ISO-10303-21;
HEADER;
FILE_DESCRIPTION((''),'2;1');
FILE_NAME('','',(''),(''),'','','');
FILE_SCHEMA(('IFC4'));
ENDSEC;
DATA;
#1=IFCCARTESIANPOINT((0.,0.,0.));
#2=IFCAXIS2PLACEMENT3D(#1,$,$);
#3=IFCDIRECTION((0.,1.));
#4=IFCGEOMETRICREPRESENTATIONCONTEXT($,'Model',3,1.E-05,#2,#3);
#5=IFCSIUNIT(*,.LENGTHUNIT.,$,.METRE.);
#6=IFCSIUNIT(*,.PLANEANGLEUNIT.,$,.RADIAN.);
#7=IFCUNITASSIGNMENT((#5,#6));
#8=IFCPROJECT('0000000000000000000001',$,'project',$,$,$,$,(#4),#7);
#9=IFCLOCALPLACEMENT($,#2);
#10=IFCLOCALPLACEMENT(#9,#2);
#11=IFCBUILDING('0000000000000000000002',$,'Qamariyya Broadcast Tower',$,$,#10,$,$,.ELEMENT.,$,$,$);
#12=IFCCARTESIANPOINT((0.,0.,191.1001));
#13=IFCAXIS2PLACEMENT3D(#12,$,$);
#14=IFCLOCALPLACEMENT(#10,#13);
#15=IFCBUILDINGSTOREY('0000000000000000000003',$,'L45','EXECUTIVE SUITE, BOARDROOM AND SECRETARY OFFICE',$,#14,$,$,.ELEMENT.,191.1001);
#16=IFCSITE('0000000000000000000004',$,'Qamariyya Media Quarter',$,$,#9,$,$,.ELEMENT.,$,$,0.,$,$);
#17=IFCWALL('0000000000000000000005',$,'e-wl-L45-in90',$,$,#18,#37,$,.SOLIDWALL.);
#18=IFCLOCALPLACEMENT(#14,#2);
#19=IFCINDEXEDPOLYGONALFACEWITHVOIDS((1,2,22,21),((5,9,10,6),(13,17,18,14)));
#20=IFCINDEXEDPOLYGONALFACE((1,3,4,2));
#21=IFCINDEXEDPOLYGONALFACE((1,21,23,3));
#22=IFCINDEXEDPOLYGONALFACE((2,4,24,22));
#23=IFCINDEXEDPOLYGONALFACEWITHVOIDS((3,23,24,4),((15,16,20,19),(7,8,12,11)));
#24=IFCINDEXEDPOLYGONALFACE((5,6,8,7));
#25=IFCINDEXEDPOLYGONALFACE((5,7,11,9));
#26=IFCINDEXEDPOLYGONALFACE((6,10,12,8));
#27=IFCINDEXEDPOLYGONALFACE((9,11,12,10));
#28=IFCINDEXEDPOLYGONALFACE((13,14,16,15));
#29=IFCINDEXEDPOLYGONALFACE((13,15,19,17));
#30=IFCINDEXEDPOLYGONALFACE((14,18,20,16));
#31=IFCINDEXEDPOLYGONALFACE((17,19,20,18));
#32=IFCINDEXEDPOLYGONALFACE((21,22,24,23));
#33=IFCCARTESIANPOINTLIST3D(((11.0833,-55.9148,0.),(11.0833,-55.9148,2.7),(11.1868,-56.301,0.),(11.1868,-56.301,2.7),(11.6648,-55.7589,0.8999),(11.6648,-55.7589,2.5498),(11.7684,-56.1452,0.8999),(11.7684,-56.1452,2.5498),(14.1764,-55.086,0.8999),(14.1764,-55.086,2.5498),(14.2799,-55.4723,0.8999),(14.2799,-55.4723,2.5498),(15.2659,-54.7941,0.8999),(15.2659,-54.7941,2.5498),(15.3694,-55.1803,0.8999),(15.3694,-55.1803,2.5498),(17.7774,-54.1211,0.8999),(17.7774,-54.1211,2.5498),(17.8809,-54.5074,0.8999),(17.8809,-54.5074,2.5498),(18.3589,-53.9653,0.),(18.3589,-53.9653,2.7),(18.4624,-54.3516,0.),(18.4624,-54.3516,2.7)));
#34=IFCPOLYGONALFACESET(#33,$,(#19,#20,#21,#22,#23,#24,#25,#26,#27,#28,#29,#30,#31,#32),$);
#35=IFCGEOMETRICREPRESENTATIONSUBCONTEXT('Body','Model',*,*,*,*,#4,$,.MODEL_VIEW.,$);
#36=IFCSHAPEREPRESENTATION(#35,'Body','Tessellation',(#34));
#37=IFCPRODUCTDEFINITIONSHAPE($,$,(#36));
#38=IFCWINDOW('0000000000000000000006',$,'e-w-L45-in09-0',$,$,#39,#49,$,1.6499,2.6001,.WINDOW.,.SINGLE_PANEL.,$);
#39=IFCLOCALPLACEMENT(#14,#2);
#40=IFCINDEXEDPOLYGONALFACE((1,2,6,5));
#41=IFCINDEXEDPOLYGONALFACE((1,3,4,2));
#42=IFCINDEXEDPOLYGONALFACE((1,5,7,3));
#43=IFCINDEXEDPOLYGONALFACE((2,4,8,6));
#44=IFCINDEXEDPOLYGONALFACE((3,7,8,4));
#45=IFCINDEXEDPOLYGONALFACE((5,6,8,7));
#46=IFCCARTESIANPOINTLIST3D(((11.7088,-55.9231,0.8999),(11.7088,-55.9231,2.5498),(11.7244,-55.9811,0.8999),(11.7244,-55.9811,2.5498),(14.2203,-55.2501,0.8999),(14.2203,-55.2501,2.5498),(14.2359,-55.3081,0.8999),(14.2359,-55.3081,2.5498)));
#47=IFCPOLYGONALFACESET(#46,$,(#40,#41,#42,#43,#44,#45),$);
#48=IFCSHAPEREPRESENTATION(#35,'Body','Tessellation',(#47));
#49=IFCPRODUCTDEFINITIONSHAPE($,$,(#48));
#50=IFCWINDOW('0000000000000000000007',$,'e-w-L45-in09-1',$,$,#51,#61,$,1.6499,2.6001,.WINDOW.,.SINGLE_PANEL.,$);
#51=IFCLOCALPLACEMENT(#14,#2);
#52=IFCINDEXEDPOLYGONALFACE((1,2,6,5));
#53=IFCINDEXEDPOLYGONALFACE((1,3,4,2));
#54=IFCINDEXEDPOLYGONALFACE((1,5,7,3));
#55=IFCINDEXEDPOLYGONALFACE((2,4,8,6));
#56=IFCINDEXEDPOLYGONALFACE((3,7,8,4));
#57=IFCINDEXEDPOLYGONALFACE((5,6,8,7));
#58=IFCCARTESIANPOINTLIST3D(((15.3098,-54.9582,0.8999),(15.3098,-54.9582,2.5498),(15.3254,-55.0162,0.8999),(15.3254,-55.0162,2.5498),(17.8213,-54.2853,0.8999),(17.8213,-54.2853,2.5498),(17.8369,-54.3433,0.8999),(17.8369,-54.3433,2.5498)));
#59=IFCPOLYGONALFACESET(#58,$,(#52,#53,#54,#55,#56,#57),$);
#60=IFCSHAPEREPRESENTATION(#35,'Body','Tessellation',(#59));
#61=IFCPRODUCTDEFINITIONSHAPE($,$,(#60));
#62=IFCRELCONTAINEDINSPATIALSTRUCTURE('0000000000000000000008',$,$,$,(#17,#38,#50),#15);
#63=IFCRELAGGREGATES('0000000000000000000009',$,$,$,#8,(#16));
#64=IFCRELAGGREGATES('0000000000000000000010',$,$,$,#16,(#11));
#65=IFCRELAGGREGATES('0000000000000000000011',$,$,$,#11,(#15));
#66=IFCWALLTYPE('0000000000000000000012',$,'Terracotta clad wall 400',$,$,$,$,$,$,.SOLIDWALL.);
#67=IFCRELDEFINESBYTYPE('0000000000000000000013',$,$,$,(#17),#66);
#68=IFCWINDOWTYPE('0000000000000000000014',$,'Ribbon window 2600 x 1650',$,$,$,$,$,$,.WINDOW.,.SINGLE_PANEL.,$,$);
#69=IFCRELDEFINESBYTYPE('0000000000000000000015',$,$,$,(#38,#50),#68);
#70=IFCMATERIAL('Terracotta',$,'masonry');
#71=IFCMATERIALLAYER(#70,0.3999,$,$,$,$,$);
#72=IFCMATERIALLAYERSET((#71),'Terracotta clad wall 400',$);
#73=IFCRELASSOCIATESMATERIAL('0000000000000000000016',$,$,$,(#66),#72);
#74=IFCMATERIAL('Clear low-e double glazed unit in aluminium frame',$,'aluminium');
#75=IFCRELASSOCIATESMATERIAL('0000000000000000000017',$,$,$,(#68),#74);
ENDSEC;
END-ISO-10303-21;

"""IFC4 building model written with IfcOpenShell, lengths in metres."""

from ifc_helpers import new_model, si_unit, direction, frame, frame_2d, origin, place, context, subcontext, project, spatial, rectangle, extrude, material, layer, layer_set, type_object, element, fill, save


model = new_model("IFC4")

# Units and contexts
model_context = context("Model", 3, precision=1e-05, world=origin(), true_north=direction((0.0, 1.0)))
body_context = subcontext(model_context, "Body", "Model", "MODEL_VIEW")
ifc_project = project(units=[si_unit("LENGTHUNIT", "METRE"), si_unit("PLANEANGLEUNIT", "RADIAN")], contexts=[model_context])

# Site, building, storey
site_placement = place(None, origin())
site = spatial("IfcSite", under=ifc_project, at=site_placement, Name="Qamariyya Media Quarter", CompositionType="ELEMENT", RefElevation=0.0)
building_placement = place(site_placement, origin())
building = spatial("IfcBuilding", under=site, at=building_placement, Name="Qamariyya Broadcast Tower", CompositionType="ELEMENT")
storey_placement = place(building_placement, frame((0.0, 0.0, 191.1001)))
storey = spatial("IfcBuildingStorey", under=building, at=storey_placement, Name="L45", Description="EXECUTIVE SUITE, BOARDROOM AND SECRETARY OFFICE", CompositionType="ELEMENT", Elevation=191.1001)

# Wall, openings, windows
ifc_material_1 = material(Name="Terracotta", Category="masonry")
ifc_layer_1 = layer(ifc_material_1, 0.3999)
ifc_layer_set_1 = layer_set([ifc_layer_1], Name="Terracotta clad wall 400")
wall_type_1 = type_object("IfcWallType", Name="Terracotta clad wall 400", PredefinedType="SOLIDWALL", material=ifc_layer_set_1)
ifc_material_2 = material(Name="Clear low-e double glazed unit in aluminium frame", Category="aluminium")
window_type = type_object("IfcWindowType", Name="Ribbon window 2600 x 1650", PartitioningType="SINGLE_PANEL", PredefinedType="WINDOW", material=ifc_material_2)
wall_1_placement = place(storey_placement, frame((18.4106, -54.1584, 0.0), z_axis=(0.0, 0.0, 1.0), x_axis=(-0.965927, -0.258814, 0.0)))
wall_1 = element("IfcWall", 1, at=wall_1_placement, inside=storey, type_object=wall_type_1, Name="e-wl-L45-in90", PredefinedType="SOLIDWALL", context=body_context, shape_type="SweptSolid", body=[
    extrude(rectangle(XDim=7.5322, YDim=0.3999, at=frame_2d((3.7661, 0.0))), origin(), (0.0, 0.0, 1.0), 2.7),
])
opening_1_placement = place(wall_1_placement, frame((4.3301, 0.0, 0.8999)))
opening_1 = element("IfcOpeningElement", 2, at=opening_1_placement, cuts=wall_1, PredefinedType="OPENING", context=body_context, shape_type="SweptSolid", body=[
    extrude(rectangle(XDim=2.6001, YDim=1.6499, at=frame_2d((1.3, 0.825))), frame((0.0, 0.21, 0.0), z_axis=(0.0, -1.0, 0.0), x_axis=(1.0, 0.0, 0.0)), (0.0, 0.0, 1.0), 0.4199),
])
opening_2_placement = place(wall_1_placement, frame((0.6021, 0.0, 0.8999)))
opening_2 = element("IfcOpeningElement", 3, at=opening_2_placement, cuts=wall_1, PredefinedType="OPENING", context=body_context, shape_type="SweptSolid", body=[
    extrude(rectangle(XDim=2.6001, YDim=1.6499, at=frame_2d((1.3, 0.825))), frame((0.0, 0.21, 0.0), z_axis=(0.0, -1.0, 0.0), x_axis=(1.0, 0.0, 0.0)), (0.0, 0.0, 1.0), 0.4199),
])
window_1_placement = place(opening_1_placement, origin())
window_1 = element("IfcWindow", 4, at=window_1_placement, inside=storey, type_object=window_type, Name="e-w-L45-in09-0", OverallHeight=1.6499, OverallWidth=2.6001, PartitioningType="SINGLE_PANEL", PredefinedType="WINDOW", context=body_context, shape_type="SweptSolid", body=[
    extrude(rectangle(XDim=2.6001, YDim=1.6499, at=frame_2d((1.3, 0.825))), frame((0.0, 0.03, 0.0), z_axis=(0.0, -1.0, 0.0), x_axis=(1.0, 0.0, 0.0)), (0.0, 0.0, 1.0), 0.0601),
])
fill(opening_1, window_1)
window_2_placement = place(opening_2_placement, origin())
window_2 = element("IfcWindow", 5, at=window_2_placement, inside=storey, type_object=window_type, Name="e-w-L45-in09-1", OverallHeight=1.6499, OverallWidth=2.6001, PartitioningType="SINGLE_PANEL", PredefinedType="WINDOW", context=body_context, shape_type="SweptSolid", body=[
    extrude(rectangle(XDim=2.6001, YDim=1.6499, at=frame_2d((1.3, 0.825))), frame((0.0, 0.03, 0.0), z_axis=(0.0, -1.0, 0.0), x_axis=(1.0, 0.0, 0.0)), (0.0, 0.0, 1.0), 0.0601),
])
fill(opening_2, window_2)

save(model, "model.ifc")
